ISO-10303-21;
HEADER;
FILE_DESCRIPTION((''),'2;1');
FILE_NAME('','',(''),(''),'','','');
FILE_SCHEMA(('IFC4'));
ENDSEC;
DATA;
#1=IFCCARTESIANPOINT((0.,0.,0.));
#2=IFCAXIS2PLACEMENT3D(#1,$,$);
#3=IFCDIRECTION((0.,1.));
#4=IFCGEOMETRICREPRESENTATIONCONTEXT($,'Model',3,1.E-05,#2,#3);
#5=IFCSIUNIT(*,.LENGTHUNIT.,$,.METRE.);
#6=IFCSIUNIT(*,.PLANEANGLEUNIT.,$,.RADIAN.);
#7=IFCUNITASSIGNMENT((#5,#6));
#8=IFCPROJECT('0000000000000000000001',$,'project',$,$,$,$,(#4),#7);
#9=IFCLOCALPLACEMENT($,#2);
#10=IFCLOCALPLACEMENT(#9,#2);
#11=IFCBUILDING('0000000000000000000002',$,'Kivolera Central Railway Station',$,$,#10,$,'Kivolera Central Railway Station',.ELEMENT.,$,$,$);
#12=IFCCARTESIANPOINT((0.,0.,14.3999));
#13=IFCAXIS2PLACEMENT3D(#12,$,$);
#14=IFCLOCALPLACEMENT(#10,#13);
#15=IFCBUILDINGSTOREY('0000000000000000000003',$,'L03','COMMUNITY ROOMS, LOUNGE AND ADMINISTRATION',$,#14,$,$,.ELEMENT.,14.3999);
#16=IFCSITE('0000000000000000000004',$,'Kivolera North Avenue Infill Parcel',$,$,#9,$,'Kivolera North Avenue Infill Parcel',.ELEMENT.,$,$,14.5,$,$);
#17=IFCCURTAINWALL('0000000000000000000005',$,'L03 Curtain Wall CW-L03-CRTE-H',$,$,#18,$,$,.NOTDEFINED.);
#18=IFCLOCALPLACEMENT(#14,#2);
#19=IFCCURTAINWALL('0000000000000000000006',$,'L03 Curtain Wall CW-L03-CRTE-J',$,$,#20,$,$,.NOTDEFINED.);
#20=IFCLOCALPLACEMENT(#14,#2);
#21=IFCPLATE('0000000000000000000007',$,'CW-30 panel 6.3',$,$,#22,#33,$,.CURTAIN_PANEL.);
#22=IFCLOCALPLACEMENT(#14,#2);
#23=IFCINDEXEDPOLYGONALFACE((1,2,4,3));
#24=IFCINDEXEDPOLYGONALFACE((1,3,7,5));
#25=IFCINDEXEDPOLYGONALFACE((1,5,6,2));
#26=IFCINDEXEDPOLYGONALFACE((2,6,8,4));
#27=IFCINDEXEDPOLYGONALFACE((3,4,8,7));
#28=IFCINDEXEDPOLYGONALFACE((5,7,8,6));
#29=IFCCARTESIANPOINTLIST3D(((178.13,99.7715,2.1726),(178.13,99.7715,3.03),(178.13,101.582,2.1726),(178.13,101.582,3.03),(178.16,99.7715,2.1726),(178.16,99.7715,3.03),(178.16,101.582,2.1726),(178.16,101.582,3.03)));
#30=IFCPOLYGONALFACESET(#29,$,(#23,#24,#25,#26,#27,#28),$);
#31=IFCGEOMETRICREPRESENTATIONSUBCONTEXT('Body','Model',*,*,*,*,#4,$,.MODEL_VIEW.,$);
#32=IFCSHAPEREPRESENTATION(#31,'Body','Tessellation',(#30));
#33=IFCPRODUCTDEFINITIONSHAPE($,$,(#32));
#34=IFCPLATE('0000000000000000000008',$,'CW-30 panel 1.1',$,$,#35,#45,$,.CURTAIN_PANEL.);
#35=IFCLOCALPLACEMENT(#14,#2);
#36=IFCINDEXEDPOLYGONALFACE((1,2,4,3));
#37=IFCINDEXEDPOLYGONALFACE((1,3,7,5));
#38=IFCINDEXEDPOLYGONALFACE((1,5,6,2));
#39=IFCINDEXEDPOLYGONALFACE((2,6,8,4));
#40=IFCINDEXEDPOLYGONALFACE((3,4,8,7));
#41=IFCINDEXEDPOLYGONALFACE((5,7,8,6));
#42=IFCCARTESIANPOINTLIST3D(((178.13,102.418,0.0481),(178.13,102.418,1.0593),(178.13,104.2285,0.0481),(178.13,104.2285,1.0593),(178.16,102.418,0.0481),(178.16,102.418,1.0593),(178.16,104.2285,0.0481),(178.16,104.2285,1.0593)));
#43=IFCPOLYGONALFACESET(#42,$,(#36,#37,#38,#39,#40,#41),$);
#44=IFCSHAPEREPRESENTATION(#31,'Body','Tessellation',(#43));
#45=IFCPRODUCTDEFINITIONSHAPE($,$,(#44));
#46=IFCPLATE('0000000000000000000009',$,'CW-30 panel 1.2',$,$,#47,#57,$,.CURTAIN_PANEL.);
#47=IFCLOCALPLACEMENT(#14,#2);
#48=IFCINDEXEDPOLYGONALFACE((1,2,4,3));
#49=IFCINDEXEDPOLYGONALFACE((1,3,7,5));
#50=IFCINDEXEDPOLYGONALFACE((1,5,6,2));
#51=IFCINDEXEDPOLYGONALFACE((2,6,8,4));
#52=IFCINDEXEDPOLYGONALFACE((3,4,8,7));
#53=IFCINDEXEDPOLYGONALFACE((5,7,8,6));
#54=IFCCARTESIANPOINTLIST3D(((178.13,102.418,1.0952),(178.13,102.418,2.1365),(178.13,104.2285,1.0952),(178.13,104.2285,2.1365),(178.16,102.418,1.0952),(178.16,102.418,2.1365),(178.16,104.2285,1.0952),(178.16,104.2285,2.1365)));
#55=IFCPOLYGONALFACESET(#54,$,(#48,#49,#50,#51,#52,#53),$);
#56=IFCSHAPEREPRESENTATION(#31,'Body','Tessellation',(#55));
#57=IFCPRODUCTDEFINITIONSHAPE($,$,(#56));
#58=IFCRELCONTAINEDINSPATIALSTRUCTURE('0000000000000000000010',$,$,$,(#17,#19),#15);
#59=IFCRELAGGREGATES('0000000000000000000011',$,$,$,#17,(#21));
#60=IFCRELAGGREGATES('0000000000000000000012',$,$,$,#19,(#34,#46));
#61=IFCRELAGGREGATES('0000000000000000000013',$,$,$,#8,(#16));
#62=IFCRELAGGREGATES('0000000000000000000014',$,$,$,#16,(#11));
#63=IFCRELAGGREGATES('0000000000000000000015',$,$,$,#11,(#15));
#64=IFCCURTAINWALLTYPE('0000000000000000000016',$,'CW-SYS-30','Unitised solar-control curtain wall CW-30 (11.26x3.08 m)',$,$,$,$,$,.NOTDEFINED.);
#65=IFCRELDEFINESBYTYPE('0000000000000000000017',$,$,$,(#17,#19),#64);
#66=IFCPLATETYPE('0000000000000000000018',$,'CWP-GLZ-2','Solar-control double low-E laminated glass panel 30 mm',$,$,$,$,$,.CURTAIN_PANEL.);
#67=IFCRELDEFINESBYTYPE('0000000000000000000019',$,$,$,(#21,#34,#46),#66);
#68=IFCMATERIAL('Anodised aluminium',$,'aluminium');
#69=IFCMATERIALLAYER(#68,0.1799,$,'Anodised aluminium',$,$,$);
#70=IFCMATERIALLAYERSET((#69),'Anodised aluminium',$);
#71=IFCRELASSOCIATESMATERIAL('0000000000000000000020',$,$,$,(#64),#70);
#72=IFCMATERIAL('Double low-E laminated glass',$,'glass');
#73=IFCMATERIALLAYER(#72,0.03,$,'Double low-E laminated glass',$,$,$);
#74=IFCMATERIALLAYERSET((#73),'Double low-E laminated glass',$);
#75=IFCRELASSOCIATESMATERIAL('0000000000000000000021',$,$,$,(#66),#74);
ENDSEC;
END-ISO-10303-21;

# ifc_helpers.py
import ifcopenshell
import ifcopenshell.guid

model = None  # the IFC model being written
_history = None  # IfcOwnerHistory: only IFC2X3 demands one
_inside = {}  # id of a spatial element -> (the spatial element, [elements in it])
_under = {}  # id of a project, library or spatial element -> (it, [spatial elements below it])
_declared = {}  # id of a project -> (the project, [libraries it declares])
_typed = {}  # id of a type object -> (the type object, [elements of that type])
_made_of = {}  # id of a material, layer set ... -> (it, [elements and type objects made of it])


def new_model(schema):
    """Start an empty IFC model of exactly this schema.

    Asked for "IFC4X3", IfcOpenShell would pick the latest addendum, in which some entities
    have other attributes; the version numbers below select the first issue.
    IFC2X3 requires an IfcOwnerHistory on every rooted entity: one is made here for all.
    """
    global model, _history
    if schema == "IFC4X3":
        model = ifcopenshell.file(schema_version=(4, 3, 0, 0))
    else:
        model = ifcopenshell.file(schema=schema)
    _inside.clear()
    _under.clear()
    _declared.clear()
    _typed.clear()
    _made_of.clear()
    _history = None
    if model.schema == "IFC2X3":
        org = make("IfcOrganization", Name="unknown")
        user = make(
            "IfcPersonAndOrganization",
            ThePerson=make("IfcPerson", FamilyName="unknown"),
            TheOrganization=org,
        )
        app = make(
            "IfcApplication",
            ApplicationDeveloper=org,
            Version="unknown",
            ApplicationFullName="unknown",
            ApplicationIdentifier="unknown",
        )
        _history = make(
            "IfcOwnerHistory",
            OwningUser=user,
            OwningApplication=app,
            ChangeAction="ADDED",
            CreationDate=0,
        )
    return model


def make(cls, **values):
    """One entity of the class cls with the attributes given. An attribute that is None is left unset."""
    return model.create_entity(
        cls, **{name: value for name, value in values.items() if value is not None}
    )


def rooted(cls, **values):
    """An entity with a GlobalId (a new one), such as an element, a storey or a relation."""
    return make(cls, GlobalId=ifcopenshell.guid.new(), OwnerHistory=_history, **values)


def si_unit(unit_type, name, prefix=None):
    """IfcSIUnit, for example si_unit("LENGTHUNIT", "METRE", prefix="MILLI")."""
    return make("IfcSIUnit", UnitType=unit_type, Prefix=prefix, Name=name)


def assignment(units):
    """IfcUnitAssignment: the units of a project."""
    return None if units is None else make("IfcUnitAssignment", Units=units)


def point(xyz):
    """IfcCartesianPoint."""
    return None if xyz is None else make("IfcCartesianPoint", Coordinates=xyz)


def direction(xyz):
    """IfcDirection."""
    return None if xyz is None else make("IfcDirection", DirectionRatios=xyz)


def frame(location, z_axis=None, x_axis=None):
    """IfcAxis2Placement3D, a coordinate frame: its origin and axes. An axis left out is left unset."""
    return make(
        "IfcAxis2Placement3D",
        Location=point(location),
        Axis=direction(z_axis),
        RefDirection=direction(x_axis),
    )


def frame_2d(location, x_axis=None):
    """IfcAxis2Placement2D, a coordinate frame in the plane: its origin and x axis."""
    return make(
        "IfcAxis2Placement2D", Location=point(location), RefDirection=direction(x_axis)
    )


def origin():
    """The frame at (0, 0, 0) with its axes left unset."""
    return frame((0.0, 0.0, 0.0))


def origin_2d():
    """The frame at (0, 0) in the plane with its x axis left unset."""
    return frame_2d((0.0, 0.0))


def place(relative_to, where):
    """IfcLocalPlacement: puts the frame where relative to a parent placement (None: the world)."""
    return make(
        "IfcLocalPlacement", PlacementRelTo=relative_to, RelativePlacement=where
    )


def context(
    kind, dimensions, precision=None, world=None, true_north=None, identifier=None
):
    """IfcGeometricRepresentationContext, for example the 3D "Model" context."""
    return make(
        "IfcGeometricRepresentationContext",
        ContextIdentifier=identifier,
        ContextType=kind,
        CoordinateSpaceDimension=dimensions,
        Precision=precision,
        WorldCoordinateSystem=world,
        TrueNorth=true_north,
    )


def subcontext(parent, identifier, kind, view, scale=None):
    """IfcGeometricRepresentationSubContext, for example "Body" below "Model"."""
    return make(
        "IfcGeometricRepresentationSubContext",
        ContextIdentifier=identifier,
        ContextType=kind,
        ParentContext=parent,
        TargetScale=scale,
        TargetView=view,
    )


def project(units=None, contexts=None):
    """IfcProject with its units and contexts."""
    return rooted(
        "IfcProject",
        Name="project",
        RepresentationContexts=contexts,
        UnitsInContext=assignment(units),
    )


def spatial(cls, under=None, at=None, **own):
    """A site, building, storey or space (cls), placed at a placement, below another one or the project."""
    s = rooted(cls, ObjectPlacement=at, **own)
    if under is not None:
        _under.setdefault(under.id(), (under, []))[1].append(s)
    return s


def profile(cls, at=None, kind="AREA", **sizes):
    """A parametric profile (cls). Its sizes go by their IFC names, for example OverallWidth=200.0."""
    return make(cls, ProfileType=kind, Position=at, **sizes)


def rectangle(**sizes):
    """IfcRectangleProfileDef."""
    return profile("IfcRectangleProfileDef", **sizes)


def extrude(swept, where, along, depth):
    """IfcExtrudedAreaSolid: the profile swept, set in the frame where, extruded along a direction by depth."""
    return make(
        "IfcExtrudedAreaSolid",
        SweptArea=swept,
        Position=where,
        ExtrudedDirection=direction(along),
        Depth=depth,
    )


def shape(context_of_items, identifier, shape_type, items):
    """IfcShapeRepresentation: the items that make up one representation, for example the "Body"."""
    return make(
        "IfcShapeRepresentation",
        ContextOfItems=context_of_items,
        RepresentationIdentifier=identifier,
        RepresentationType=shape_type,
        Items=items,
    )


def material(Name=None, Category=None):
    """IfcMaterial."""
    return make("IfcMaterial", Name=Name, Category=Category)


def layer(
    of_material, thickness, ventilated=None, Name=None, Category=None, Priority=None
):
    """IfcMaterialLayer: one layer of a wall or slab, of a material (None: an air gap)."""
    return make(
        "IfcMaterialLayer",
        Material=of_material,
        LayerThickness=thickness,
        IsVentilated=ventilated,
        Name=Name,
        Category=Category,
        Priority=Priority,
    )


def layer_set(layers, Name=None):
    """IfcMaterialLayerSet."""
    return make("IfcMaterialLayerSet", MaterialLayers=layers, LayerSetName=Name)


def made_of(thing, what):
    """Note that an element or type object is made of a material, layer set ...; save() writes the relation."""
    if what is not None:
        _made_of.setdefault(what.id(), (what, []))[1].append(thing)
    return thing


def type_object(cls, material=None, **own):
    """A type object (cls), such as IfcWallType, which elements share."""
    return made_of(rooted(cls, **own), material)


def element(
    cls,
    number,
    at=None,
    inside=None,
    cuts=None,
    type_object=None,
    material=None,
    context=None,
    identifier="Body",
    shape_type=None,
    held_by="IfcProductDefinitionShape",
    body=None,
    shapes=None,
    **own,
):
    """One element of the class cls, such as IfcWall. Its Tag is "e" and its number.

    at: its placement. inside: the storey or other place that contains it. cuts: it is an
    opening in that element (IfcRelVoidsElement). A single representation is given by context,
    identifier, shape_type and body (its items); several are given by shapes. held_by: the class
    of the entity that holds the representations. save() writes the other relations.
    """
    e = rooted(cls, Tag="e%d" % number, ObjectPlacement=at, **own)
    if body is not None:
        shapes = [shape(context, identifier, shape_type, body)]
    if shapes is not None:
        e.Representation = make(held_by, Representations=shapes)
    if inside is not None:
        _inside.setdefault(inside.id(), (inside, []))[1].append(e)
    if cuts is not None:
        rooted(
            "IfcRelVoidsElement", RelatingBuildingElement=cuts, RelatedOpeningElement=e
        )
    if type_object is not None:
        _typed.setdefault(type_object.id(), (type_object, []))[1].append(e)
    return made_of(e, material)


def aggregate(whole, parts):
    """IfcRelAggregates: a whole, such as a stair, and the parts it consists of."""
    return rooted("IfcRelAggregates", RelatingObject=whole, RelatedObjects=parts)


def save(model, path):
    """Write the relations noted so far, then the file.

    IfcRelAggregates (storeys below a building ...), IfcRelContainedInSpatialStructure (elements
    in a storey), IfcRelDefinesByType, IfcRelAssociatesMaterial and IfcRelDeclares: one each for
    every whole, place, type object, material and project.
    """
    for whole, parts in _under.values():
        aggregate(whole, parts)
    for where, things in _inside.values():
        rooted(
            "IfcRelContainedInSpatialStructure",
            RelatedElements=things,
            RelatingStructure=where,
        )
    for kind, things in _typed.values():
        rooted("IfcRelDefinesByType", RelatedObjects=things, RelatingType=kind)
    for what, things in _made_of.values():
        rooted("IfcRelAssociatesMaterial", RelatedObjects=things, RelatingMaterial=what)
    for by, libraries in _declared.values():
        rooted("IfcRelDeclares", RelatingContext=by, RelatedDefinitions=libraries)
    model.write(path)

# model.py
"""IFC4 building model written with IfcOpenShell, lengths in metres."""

from ifc_helpers import new_model, si_unit, direction, frame, origin, origin_2d, place, context, subcontext, project, spatial, rectangle, extrude, material, layer, layer_set, type_object, element, aggregate, save


model = new_model("IFC4")

# Units and contexts
model_context = context("Model", 3, precision=1e-05, world=origin(), true_north=direction((0.0, 1.0)))
body_context = subcontext(model_context, "Body", "Model", "MODEL_VIEW")
ifc_project = project(units=[si_unit("LENGTHUNIT", "METRE"), si_unit("PLANEANGLEUNIT", "RADIAN")], contexts=[model_context])

# Site, building, storey
site_placement = place(None, origin())
site = spatial("IfcSite", under=ifc_project, at=site_placement, Name="Kivolera North Avenue Infill Parcel", LongName="Kivolera North Avenue Infill Parcel", CompositionType="ELEMENT", RefElevation=14.5)
building_placement = place(site_placement, origin())
building = spatial("IfcBuilding", under=site, at=building_placement, Name="Kivolera Central Railway Station", LongName="Kivolera Central Railway Station", CompositionType="ELEMENT")
storey_placement = place(building_placement, frame((0.0, 0.0, 14.3999)))
storey = spatial("IfcBuildingStorey", under=building, at=storey_placement, Name="L03", Description="COMMUNITY ROOMS, LOUNGE AND ADMINISTRATION", CompositionType="ELEMENT", Elevation=14.3999)

# Curtain wall
ifc_material_1 = material(Name="Anodised aluminium", Category="aluminium")
ifc_layer_1 = layer(ifc_material_1, 0.1799, Name="Anodised aluminium")
ifc_layer_set_1 = layer_set([ifc_layer_1], Name="Anodised aluminium")
curtain_wall_type = type_object("IfcCurtainWallType", Name="CW-SYS-30", Description="Unitised solar-control curtain wall CW-30 (11.26x3.08 m)", PredefinedType="NOTDEFINED", material=ifc_layer_set_1)
curtain_wall_1_placement = place(storey_placement, origin())
curtain_wall_1 = element("IfcCurtainWall", 1, at=curtain_wall_1_placement, inside=storey, type_object=curtain_wall_type, Name="L03 Curtain Wall CW-L03-CRTE-H", PredefinedType="NOTDEFINED")

# Curtain wall
curtain_wall_2_placement = place(storey_placement, origin())
curtain_wall_2 = element("IfcCurtainWall", 2, at=curtain_wall_2_placement, inside=storey, type_object=curtain_wall_type, Name="L03 Curtain Wall CW-L03-CRTE-J", PredefinedType="NOTDEFINED")

# Plates
ifc_material_2 = material(Name="Double low-E laminated glass", Category="glass")
ifc_layer_2 = layer(ifc_material_2, 0.03, Name="Double low-E laminated glass")
ifc_layer_set_2 = layer_set([ifc_layer_2], Name="Double low-E laminated glass")
plate_type = type_object("IfcPlateType", Name="CWP-GLZ-2", Description="Solar-control double low-E laminated glass panel 30 mm", PredefinedType="CURTAIN_PANEL", material=ifc_layer_set_2)
plate_1_placement = place(storey_placement, frame((178.145, 100.6768, 2.1726), z_axis=(0.0, 0.0, 1.0), x_axis=(0.0, 1.0, 0.0)))
plate_1 = element("IfcPlate", 3, at=plate_1_placement, type_object=plate_type, Name="CW-30 panel 6.3", PredefinedType="CURTAIN_PANEL", context=body_context, shape_type="SweptSolid", body=[
    extrude(rectangle(XDim=1.8105, YDim=0.03, at=origin_2d()), origin(), (0.0, 0.0, 1.0), 0.8574),
])
aggregate(curtain_wall_1, [plate_1])
plate_2_placement = place(storey_placement, frame((178.145, 103.3232, 0.0481), z_axis=(0.0, 0.0, 1.0), x_axis=(0.0, 1.0, 0.0)))
plate_2 = element("IfcPlate", 4, at=plate_2_placement, type_object=plate_type, Name="CW-30 panel 1.1", PredefinedType="CURTAIN_PANEL", context=body_context, shape_type="SweptSolid", body=[
    extrude(rectangle(XDim=1.8105, YDim=0.03, at=origin_2d()), origin(), (0.0, 0.0, 1.0), 1.0112),
])
plate_3_placement = place(storey_placement, frame((178.145, 103.3232, 1.0952), z_axis=(0.0, 0.0, 1.0), x_axis=(0.0, 1.0, 0.0)))
plate_3 = element("IfcPlate", 5, at=plate_3_placement, type_object=plate_type, Name="CW-30 panel 1.2", PredefinedType="CURTAIN_PANEL", context=body_context, shape_type="SweptSolid", body=[
    extrude(rectangle(XDim=1.8105, YDim=0.03, at=origin_2d()), origin(), (0.0, 0.0, 1.0), 1.0413),
])
aggregate(curtain_wall_2, [plate_2, plate_3])

save(model, "model.ifc")
